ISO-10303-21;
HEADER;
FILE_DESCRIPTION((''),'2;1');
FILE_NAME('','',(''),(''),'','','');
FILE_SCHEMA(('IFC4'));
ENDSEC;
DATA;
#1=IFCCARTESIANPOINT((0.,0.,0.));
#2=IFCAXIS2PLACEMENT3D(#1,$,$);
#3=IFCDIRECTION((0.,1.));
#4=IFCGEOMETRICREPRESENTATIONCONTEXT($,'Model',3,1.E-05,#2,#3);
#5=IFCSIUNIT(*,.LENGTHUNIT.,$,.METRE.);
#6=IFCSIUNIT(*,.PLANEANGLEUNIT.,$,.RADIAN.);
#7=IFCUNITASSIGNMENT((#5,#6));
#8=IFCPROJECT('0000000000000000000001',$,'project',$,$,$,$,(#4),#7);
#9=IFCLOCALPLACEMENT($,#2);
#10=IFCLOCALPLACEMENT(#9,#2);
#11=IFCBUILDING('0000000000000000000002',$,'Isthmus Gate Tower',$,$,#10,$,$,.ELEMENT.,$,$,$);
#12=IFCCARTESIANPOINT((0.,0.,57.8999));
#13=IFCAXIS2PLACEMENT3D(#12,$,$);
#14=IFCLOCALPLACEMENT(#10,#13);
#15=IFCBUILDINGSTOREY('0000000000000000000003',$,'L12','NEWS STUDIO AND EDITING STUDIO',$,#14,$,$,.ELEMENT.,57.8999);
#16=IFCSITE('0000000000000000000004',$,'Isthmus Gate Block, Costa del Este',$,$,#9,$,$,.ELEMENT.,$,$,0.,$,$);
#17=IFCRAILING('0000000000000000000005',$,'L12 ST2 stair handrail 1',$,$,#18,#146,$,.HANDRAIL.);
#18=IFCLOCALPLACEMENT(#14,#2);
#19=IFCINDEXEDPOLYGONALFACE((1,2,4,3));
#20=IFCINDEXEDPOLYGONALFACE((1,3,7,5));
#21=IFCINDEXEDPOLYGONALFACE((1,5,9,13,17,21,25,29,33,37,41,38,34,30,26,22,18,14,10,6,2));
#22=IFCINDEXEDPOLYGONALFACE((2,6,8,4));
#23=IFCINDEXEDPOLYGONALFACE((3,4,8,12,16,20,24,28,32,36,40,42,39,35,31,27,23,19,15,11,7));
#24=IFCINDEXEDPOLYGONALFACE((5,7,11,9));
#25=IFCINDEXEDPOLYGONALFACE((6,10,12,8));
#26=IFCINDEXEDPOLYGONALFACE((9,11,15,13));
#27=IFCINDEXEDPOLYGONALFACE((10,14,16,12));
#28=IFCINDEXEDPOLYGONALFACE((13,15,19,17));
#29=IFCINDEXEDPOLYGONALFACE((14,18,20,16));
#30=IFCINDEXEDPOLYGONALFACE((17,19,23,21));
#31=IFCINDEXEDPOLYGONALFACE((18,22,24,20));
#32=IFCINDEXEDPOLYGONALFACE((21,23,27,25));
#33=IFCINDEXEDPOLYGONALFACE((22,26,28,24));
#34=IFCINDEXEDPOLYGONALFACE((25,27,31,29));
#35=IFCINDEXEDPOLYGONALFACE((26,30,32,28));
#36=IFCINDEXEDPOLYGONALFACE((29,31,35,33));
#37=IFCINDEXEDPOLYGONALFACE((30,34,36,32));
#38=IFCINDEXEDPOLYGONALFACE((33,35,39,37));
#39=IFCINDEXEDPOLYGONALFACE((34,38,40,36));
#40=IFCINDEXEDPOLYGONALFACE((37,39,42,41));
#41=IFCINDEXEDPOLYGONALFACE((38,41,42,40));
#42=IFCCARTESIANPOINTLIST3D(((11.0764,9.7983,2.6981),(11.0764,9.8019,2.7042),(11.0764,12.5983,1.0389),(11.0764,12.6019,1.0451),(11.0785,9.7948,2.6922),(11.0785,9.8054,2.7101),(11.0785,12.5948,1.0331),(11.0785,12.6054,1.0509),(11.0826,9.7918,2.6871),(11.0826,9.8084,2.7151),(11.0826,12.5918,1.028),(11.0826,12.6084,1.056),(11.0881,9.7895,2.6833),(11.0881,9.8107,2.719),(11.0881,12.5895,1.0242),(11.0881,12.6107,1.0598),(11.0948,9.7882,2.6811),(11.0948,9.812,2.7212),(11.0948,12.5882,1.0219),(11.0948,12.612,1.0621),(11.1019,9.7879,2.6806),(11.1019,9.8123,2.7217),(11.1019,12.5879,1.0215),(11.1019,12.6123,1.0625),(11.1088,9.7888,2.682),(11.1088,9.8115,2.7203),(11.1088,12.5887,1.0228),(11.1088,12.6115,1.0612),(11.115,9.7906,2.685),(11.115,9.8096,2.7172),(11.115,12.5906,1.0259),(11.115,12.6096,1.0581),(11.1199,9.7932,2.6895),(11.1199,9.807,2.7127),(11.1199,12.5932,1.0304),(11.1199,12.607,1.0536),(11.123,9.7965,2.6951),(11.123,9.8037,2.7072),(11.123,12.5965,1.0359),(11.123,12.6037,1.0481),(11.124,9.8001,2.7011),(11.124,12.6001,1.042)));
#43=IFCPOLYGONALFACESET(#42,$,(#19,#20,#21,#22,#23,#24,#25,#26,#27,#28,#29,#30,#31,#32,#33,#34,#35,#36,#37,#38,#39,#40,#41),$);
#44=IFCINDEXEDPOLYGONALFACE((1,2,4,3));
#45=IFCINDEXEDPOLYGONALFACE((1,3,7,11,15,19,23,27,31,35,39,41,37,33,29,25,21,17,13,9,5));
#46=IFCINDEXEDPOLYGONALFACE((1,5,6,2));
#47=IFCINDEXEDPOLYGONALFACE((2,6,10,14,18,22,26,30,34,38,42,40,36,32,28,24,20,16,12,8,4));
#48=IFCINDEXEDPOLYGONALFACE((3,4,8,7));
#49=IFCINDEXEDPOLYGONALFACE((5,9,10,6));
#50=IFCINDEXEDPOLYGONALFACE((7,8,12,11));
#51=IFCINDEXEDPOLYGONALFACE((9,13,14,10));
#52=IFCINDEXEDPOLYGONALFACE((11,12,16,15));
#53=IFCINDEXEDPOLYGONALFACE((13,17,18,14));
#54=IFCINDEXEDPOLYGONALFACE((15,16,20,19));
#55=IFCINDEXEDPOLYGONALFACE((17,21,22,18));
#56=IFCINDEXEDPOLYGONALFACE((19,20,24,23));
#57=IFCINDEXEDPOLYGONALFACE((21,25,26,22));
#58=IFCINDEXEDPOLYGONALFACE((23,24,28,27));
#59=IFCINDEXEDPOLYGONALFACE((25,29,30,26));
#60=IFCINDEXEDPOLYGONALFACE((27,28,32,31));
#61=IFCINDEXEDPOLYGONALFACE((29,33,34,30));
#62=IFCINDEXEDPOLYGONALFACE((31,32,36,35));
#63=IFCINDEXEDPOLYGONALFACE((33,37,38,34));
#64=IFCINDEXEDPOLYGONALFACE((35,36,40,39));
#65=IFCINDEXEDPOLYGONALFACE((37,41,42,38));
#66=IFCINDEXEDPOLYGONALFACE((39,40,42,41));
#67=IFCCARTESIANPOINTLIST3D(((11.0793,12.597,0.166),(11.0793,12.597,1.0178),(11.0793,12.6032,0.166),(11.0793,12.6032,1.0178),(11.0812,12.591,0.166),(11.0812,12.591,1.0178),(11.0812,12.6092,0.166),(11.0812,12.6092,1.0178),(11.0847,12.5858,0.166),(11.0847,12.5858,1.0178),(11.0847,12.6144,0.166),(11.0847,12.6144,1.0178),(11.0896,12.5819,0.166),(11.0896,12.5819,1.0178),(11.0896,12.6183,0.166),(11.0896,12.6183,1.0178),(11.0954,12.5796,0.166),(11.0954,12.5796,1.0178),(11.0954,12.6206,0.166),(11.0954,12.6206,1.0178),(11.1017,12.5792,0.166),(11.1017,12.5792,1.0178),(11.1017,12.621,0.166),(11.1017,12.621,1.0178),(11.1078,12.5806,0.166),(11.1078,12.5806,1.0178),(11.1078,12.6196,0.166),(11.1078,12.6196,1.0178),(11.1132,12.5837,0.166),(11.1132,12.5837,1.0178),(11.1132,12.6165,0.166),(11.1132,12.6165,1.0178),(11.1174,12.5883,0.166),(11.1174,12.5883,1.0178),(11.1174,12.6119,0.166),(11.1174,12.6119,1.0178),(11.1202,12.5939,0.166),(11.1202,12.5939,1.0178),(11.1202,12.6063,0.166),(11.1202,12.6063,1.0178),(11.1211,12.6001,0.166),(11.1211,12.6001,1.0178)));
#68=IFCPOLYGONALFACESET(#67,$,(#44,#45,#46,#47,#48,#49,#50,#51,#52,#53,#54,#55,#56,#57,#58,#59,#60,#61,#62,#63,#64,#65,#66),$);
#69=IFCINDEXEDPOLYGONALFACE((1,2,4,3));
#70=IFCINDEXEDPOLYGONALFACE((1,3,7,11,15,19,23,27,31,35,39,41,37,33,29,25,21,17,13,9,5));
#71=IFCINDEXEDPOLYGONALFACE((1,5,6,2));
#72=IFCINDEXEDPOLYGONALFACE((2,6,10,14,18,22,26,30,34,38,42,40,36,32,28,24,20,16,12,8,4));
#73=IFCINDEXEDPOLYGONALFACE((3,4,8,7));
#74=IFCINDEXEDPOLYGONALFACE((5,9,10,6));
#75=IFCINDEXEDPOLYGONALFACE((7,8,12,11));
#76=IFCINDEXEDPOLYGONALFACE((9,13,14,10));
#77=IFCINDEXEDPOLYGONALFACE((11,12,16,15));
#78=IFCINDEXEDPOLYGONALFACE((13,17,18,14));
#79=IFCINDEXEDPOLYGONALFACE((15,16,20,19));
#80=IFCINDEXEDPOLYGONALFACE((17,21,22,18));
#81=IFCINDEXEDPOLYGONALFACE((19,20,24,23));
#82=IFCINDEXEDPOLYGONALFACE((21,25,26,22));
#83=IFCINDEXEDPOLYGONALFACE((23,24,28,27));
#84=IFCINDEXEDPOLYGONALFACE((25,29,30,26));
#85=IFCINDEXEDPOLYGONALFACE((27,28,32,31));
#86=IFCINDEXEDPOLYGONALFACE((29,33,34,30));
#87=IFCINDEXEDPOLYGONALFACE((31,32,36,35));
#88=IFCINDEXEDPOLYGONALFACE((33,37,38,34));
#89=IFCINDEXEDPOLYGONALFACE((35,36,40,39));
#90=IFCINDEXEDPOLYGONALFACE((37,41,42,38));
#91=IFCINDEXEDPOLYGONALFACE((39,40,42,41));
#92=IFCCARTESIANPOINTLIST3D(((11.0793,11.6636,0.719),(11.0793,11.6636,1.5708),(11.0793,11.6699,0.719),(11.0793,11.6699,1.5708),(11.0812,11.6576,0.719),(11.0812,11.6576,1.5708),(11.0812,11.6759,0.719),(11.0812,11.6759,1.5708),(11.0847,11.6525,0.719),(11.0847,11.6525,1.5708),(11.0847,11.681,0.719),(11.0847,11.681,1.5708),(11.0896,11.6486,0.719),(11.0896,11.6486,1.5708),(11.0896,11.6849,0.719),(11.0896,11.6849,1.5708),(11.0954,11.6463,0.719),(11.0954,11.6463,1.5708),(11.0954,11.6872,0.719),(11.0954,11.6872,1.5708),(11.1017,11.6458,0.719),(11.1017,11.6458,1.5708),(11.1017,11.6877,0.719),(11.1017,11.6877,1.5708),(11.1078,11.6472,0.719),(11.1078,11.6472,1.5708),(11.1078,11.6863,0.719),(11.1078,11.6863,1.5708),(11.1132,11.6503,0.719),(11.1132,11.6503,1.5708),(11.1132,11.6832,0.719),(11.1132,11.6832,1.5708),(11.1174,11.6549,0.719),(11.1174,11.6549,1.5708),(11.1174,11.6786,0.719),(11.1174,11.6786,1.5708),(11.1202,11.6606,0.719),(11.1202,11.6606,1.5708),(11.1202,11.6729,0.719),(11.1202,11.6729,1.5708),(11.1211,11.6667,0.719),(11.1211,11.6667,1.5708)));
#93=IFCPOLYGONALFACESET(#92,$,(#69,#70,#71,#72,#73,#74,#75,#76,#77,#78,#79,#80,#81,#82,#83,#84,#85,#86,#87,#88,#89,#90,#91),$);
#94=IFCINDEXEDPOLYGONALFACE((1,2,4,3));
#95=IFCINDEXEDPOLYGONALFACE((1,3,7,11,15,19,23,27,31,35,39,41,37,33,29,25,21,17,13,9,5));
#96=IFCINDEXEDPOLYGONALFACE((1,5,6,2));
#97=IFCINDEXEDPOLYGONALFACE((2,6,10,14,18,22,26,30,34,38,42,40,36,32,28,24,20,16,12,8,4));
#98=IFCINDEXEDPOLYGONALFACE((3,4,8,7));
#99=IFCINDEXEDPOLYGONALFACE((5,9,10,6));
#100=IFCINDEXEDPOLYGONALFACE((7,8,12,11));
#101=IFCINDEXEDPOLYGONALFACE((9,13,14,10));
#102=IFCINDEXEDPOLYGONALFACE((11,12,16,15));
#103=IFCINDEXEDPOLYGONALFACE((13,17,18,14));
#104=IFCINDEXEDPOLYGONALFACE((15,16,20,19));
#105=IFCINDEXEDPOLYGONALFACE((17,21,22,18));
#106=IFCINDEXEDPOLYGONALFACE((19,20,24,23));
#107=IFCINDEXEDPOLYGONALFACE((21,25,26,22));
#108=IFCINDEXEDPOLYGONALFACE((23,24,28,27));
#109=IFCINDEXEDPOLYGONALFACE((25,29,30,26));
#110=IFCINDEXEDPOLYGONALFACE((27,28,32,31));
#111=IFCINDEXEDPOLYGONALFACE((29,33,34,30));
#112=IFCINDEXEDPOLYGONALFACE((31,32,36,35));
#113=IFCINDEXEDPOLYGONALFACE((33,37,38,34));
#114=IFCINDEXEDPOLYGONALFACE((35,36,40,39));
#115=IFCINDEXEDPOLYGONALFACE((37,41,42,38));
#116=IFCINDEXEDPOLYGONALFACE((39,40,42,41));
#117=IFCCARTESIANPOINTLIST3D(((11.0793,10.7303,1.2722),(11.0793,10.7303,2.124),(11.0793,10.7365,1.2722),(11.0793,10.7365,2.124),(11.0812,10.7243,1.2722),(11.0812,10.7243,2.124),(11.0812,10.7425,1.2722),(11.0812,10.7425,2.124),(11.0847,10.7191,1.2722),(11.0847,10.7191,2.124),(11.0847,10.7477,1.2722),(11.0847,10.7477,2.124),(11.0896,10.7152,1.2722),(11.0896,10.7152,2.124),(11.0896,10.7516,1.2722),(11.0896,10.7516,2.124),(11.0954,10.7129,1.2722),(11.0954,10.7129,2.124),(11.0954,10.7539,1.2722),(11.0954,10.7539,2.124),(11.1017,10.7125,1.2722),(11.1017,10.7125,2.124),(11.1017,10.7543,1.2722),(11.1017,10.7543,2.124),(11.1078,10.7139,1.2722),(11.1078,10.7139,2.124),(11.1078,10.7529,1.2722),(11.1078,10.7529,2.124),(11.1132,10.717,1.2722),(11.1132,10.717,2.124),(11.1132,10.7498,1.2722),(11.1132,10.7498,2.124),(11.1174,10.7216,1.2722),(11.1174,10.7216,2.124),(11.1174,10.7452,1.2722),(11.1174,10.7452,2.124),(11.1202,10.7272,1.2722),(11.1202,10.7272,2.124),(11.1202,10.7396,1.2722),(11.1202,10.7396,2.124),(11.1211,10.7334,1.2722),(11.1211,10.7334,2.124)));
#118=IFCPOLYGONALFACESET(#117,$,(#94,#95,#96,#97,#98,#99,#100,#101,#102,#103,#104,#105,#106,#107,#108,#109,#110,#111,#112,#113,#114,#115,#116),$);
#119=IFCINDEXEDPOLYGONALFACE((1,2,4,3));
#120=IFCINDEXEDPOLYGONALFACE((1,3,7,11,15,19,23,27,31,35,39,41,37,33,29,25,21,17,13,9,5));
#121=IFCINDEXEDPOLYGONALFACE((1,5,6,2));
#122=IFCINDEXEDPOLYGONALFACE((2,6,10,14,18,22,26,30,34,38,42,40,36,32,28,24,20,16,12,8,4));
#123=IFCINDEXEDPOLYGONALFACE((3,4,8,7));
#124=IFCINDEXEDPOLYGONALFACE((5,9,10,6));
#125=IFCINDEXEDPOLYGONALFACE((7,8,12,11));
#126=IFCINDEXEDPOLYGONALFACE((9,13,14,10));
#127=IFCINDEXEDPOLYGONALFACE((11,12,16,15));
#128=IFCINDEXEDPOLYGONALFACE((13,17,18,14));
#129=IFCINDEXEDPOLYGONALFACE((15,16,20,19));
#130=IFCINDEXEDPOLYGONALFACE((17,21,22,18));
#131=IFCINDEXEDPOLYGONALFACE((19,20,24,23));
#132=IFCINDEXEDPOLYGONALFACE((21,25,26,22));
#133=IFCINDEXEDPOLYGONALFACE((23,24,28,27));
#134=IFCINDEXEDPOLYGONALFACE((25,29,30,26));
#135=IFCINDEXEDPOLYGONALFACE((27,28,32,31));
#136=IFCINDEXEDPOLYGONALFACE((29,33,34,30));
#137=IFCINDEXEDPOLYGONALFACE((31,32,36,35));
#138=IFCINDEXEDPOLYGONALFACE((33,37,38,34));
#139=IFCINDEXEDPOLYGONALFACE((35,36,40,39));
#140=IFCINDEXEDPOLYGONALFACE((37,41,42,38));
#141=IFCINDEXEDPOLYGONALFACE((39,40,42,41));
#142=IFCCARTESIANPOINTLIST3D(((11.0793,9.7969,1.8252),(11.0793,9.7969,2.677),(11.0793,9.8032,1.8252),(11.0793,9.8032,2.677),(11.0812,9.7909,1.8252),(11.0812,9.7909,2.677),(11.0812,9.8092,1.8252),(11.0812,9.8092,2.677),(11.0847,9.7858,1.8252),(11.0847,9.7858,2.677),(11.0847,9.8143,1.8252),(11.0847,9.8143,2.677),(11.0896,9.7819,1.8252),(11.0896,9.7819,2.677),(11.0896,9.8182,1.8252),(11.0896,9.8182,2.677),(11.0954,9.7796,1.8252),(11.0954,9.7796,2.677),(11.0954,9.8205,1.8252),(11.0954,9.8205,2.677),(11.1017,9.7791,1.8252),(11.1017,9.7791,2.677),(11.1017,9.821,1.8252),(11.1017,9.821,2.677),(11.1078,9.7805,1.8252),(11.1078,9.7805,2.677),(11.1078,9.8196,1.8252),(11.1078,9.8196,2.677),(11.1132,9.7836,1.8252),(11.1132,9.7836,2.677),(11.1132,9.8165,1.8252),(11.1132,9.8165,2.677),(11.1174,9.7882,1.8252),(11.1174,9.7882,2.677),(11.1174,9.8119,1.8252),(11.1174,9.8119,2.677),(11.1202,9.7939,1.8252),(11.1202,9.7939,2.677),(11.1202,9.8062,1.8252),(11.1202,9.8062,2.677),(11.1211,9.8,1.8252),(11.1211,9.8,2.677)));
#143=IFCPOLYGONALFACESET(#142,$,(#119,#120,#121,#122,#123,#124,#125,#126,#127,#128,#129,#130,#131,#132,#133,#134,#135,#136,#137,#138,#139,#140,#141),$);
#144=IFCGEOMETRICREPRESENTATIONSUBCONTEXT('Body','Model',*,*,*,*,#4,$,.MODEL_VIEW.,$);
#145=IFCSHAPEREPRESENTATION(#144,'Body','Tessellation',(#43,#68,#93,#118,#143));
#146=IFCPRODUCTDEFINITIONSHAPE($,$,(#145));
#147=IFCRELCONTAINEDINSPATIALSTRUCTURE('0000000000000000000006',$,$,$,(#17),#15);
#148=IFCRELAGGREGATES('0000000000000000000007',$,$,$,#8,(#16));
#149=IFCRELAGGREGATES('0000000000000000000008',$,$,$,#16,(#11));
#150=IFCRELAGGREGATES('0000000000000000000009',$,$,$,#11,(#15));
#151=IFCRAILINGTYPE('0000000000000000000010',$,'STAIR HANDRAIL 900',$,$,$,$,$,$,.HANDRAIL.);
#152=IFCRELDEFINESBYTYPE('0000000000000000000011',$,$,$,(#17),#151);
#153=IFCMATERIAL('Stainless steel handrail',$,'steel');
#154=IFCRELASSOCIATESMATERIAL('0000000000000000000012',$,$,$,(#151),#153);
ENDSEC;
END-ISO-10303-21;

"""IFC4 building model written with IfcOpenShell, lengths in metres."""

from ifc_helpers import new_model, si_unit, direction, frame, origin, origin_2d, place, context, subcontext, project, spatial, circle, extrude, material, type_object, element, save


model = new_model("IFC4")

# Units and contexts
model_context = context("Model", 3, precision=1e-05, world=origin(), true_north=direction((0.0, 1.0)))
body_context = subcontext(model_context, "Body", "Model", "MODEL_VIEW")
ifc_project = project(units=[si_unit("LENGTHUNIT", "METRE"), si_unit("PLANEANGLEUNIT", "RADIAN")], contexts=[model_context])

# Site, building, storey
site_placement = place(None, origin())
site = spatial("IfcSite", under=ifc_project, at=site_placement, Name="Isthmus Gate Block, Costa del Este", CompositionType="ELEMENT", RefElevation=0.0)
building_placement = place(site_placement, origin())
building = spatial("IfcBuilding", under=site, at=building_placement, Name="Isthmus Gate Tower", CompositionType="ELEMENT")
storey_placement = place(building_placement, frame((0.0, 0.0, 57.8999)))
storey = spatial("IfcBuildingStorey", under=building, at=storey_placement, Name="L12", Description="NEWS STUDIO AND EDITING STUDIO", CompositionType="ELEMENT", Elevation=57.8999)

# Railing
ifc_material_1 = material(Name="Stainless steel handrail", Category="steel")
railing_type_1 = type_object("IfcRailingType", Name="STAIR HANDRAIL 900", PredefinedType="HANDRAIL", material=ifc_material_1)
for number, where, name in (
    (1, (11.1001, 12.6001, 0.166), "L12 ST2 stair handrail 1"),
):
    element("IfcRailing", number, at=place(storey_placement, frame(where)), inside=storey, type_object=railing_type_1, Name=name, PredefinedType="HANDRAIL", context=body_context, shape_type="SweptSolid", body=[
        extrude(circle(Radius=0.0239, at=origin_2d()), frame((0.0, 0.0, 0.876), z_axis=(0.0, -0.860306, 0.509778), x_axis=(1.0, 0.0, 0.0)), (0.0, 0.0, 1.0), 3.2546),
        extrude(circle(Radius=0.021, at=origin_2d()), origin(), (0.0, 0.0, 1.0), 0.8518),
        extrude(circle(Radius=0.021, at=origin_2d()), frame((0.0, -0.9333, 0.553)), (0.0, 0.0, 1.0), 0.8518),
        extrude(circle(Radius=0.021, at=origin_2d()), frame((0.0, -1.8667, 1.1062)), (0.0, 0.0, 1.0), 0.8518),
        extrude(circle(Radius=0.021, at=origin_2d()), frame((0.0, -2.8, 1.6592)), (0.0, 0.0, 1.0), 0.8518),
    ])

save(model, "model.ifc")
